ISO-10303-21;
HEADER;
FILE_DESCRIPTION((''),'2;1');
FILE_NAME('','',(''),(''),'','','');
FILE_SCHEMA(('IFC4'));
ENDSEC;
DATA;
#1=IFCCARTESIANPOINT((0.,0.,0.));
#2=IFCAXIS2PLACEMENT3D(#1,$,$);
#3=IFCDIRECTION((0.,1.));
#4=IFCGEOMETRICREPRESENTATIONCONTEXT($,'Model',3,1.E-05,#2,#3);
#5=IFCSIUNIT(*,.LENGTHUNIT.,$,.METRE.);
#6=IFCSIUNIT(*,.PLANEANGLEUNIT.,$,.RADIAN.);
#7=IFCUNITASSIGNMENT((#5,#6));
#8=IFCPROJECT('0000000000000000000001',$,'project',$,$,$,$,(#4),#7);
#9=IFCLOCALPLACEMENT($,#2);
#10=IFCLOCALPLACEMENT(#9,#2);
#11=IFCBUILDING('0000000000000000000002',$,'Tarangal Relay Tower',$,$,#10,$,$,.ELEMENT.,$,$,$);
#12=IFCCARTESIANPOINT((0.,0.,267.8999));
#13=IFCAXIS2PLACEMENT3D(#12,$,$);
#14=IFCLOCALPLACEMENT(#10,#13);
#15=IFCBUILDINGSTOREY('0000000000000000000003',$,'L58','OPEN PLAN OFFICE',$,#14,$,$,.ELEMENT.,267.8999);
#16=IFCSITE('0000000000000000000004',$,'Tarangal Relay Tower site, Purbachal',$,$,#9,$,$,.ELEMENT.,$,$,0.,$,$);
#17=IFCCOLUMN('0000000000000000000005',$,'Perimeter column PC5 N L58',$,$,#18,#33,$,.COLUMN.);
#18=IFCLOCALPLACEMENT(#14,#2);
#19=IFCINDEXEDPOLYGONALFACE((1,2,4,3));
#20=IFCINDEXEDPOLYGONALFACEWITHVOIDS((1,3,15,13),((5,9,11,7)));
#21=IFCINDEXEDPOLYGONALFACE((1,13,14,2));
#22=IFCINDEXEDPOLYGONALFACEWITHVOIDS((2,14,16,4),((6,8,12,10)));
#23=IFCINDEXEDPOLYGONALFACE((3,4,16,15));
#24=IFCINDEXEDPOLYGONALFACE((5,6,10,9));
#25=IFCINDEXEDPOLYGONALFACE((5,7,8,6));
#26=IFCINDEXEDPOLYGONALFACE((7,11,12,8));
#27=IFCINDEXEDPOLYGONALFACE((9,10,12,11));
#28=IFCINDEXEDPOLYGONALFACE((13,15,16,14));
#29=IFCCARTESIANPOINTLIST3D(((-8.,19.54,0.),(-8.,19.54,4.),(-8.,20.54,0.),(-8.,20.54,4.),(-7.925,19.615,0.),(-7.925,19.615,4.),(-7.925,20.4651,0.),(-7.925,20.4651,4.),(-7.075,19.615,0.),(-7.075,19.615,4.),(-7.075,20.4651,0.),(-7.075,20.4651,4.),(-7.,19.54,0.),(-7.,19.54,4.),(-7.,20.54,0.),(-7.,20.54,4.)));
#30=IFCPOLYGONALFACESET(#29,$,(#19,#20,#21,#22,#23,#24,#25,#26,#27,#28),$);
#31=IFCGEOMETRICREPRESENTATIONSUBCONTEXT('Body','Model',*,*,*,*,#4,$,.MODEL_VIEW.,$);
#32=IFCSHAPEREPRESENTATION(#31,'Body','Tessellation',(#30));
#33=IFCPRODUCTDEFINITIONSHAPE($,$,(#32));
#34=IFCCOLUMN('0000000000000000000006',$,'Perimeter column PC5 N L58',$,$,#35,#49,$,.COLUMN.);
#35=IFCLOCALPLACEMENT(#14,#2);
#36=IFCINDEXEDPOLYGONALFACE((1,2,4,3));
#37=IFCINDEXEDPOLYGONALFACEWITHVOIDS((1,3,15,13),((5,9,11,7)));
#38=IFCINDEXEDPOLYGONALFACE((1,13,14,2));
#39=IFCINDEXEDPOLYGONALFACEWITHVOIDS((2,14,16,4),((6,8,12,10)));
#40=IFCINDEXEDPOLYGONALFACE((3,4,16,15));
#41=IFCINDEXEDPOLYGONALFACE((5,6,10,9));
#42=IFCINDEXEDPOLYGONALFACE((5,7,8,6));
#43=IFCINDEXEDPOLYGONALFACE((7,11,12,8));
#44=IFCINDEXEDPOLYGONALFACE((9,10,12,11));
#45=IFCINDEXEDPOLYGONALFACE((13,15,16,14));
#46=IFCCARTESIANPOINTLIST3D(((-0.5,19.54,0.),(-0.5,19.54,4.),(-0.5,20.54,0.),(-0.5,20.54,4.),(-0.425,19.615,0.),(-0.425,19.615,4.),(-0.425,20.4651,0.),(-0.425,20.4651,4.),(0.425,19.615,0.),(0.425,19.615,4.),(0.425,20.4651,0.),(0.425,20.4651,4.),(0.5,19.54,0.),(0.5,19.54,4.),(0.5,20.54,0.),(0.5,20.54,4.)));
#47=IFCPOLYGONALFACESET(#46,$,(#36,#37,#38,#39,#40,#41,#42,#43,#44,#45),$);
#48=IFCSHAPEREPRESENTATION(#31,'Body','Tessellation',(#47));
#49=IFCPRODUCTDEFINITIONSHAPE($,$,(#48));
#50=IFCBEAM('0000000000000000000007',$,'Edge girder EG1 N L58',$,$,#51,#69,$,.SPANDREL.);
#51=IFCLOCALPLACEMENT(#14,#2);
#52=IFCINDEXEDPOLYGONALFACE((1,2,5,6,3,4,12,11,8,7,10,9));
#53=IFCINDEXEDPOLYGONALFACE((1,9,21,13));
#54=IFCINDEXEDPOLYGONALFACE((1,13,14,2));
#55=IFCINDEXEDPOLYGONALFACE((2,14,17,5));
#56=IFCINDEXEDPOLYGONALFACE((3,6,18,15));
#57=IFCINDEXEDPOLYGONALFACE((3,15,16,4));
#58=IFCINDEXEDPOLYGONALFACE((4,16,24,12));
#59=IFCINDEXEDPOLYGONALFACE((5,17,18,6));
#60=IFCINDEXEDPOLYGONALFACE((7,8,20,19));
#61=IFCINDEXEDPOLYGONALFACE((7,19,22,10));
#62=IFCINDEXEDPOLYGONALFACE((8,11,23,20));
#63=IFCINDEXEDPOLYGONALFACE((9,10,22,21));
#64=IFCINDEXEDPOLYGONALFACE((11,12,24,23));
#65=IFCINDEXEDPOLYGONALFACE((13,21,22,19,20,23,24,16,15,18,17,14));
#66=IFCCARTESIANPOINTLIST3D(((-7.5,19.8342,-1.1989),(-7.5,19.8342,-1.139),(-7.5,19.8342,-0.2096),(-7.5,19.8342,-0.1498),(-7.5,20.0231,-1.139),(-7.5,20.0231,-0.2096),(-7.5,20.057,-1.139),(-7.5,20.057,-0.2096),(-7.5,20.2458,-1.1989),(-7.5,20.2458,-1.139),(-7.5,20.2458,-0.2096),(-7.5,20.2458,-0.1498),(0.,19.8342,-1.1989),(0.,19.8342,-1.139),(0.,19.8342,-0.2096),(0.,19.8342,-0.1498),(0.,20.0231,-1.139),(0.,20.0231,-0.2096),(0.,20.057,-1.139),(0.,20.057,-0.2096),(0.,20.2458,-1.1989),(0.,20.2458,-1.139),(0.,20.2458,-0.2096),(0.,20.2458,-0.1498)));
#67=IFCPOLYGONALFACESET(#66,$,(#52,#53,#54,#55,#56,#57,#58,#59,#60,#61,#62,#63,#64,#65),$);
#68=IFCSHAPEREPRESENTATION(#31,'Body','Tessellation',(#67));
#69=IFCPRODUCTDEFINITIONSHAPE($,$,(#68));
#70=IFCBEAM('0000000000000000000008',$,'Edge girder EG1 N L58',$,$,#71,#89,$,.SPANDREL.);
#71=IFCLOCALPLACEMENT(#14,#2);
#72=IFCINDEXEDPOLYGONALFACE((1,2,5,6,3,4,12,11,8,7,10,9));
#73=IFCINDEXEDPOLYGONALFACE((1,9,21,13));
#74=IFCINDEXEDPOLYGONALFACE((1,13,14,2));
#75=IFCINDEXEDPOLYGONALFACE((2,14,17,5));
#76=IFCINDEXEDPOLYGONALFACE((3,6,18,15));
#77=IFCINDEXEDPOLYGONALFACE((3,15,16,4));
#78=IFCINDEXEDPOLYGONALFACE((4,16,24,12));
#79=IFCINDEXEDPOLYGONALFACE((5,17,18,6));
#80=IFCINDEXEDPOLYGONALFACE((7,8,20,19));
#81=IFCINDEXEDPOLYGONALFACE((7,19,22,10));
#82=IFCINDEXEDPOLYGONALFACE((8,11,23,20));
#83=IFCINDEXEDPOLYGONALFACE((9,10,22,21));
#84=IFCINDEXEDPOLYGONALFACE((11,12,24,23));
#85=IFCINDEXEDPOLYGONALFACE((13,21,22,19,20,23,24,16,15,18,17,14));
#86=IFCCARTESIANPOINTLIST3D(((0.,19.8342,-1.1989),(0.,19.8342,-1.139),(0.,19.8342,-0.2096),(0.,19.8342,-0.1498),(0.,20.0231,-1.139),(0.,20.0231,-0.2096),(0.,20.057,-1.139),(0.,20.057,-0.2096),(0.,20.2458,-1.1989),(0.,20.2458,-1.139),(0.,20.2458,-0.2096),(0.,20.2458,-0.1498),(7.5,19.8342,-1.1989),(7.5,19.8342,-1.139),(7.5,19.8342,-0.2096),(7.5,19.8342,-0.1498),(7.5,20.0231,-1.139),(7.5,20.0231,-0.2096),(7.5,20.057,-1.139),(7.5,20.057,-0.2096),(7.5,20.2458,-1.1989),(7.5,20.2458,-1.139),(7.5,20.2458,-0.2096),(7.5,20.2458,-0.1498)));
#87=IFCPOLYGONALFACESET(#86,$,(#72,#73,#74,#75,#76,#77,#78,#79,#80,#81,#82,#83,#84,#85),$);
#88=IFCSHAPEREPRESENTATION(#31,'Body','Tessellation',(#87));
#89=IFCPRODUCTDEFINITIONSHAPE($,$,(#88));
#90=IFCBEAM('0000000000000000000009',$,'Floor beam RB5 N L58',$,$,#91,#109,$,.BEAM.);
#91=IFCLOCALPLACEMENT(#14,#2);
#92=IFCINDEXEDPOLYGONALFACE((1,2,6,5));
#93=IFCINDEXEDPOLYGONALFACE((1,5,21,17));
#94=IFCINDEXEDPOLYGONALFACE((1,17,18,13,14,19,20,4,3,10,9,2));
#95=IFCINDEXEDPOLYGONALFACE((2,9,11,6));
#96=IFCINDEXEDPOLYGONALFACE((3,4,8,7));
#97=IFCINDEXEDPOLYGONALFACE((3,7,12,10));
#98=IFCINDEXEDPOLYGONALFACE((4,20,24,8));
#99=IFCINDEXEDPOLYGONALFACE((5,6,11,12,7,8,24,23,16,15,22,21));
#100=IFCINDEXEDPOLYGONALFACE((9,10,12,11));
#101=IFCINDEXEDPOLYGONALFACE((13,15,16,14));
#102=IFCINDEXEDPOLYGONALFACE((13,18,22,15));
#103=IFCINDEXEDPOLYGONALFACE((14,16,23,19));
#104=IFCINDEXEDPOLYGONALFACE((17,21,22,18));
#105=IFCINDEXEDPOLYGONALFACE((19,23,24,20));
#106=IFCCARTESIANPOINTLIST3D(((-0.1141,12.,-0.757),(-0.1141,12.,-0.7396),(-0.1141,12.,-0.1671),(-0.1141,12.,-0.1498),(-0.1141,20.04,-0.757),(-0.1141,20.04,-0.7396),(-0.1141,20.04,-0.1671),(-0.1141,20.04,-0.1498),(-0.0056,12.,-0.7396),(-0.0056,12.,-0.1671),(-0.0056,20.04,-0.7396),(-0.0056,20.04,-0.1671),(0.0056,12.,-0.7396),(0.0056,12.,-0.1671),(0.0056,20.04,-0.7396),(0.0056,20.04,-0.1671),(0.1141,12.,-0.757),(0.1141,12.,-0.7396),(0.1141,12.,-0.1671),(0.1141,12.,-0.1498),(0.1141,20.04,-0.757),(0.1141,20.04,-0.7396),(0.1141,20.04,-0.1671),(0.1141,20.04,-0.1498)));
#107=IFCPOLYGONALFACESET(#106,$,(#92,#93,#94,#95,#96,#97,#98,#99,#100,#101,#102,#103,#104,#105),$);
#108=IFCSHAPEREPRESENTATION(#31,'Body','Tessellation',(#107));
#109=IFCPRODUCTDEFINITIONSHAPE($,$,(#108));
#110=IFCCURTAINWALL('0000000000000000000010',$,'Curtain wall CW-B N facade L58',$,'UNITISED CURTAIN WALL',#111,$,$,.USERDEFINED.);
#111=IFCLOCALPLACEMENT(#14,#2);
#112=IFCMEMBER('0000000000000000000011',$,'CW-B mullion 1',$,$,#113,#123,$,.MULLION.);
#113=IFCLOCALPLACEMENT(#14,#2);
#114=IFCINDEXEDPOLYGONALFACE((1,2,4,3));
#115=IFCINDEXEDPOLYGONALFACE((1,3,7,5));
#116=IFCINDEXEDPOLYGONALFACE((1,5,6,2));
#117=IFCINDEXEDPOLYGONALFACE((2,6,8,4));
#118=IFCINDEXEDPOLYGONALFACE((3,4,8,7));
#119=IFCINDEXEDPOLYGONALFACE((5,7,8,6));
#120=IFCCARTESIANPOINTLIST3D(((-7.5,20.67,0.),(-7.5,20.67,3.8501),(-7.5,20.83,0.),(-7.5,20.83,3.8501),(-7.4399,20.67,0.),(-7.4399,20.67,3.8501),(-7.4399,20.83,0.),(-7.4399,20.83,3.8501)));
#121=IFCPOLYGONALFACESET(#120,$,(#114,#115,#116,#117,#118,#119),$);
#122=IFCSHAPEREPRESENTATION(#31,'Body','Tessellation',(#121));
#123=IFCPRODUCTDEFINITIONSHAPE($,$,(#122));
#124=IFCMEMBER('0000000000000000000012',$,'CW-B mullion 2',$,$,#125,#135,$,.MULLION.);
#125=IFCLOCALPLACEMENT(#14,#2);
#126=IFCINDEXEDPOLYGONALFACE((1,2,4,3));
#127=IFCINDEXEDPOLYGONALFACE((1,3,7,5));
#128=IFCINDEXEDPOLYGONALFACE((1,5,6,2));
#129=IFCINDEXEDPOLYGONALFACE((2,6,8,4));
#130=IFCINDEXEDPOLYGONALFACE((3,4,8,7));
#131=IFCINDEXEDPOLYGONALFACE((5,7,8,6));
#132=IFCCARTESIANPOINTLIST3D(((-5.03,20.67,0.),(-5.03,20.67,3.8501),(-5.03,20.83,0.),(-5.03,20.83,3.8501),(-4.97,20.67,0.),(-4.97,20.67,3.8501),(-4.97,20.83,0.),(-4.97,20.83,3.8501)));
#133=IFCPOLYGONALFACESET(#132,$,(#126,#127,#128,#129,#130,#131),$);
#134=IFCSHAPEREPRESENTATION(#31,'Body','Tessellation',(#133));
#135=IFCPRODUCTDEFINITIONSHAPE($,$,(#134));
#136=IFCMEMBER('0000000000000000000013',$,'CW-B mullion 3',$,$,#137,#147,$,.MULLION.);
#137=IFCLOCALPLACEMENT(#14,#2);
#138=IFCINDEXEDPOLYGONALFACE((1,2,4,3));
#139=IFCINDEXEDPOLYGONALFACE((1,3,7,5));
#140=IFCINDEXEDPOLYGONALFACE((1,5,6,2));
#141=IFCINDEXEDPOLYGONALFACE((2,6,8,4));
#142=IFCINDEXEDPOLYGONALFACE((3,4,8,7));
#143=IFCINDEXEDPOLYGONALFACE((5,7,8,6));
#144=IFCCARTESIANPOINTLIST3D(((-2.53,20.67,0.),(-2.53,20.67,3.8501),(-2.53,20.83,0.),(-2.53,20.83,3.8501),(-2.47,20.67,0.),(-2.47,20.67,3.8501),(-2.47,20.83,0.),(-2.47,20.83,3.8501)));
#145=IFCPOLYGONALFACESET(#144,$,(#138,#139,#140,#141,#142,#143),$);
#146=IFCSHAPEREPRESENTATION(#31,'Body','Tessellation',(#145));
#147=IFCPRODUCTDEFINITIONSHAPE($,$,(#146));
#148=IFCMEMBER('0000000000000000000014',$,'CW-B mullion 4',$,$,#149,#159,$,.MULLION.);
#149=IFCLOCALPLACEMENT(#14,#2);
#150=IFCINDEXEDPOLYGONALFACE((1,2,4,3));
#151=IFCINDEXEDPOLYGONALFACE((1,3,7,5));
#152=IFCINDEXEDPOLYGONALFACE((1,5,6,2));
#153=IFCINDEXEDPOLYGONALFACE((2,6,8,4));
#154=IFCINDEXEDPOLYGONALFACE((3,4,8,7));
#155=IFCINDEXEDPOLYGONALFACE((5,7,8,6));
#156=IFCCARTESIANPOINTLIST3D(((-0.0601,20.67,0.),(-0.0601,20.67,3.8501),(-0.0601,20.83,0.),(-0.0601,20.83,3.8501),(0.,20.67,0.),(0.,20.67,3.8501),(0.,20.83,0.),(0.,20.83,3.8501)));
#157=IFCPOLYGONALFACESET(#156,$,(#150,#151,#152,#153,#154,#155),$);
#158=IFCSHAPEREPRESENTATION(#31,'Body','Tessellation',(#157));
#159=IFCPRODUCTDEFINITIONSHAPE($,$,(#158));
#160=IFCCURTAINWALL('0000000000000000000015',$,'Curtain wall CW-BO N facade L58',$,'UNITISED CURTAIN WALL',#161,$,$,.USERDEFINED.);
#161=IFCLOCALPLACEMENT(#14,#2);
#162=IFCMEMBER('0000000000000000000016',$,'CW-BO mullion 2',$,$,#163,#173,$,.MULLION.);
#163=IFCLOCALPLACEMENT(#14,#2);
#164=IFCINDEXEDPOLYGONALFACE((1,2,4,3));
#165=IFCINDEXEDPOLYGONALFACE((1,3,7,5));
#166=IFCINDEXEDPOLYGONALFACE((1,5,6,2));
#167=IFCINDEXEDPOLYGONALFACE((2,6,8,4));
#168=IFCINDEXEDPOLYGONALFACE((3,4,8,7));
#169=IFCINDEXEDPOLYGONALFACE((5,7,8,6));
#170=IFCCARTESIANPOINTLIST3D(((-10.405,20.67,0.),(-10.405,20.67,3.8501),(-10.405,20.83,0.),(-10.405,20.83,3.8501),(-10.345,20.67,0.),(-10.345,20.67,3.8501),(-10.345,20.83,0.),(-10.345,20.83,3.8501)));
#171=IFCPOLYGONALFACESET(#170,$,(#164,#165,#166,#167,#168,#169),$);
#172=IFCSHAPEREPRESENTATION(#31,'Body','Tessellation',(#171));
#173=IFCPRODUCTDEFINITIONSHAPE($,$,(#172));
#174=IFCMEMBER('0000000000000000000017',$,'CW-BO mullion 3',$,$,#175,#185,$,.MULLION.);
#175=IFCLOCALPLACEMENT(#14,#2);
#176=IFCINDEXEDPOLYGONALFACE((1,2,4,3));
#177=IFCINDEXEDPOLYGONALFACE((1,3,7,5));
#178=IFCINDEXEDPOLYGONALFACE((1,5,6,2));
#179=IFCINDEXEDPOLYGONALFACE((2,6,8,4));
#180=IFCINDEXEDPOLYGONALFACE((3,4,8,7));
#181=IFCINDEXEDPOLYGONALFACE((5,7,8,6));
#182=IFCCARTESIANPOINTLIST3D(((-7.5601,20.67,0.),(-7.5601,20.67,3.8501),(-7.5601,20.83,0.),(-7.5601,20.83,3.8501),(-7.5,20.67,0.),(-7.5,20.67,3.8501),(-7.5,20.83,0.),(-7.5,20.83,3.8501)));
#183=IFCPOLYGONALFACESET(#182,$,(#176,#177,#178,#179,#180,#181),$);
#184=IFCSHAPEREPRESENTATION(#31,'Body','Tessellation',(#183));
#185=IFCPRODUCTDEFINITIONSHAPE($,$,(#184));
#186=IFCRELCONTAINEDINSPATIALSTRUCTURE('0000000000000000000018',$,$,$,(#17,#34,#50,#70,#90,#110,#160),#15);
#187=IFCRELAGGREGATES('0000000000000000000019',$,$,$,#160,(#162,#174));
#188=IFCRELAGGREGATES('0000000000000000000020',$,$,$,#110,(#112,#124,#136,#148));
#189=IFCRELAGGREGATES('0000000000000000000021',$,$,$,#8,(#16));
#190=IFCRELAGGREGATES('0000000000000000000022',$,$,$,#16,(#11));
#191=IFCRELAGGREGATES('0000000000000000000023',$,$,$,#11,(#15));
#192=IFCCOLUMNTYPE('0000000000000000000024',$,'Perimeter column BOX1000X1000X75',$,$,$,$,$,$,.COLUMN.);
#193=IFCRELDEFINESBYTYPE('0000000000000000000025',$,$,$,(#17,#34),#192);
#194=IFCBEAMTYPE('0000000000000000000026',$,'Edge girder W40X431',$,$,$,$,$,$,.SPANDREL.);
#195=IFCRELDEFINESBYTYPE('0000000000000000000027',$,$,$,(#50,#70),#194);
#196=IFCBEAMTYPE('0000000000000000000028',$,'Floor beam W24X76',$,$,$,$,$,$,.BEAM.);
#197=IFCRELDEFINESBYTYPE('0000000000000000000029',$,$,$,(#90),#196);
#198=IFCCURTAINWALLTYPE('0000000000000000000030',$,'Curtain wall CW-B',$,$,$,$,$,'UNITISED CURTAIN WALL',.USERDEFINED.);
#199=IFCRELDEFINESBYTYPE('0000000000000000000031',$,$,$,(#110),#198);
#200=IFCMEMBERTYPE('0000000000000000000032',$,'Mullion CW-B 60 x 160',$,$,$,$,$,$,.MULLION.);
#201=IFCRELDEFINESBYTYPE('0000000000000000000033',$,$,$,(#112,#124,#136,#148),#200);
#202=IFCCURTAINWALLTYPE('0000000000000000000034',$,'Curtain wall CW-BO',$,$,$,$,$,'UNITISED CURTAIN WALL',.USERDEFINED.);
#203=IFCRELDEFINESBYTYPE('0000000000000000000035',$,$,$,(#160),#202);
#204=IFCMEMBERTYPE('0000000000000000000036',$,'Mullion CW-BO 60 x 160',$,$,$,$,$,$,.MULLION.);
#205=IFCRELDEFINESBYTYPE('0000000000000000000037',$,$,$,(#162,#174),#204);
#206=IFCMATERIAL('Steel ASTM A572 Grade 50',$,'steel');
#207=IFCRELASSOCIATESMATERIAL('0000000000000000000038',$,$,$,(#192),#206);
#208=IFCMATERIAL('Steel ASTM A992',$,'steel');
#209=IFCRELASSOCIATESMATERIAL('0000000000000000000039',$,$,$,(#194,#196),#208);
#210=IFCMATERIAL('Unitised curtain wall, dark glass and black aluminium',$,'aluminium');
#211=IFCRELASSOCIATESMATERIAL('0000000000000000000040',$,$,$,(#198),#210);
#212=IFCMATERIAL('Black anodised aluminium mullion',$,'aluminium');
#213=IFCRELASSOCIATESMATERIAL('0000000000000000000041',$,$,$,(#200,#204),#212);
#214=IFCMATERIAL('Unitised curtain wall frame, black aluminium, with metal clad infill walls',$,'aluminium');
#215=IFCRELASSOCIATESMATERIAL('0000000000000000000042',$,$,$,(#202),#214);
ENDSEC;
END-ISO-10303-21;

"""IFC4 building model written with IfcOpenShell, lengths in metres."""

from ifc_helpers import new_model, si_unit, direction, frame, origin, origin_2d, place, context, subcontext, project, spatial, rectangle, hollow_rectangle, i_section, extrude, material, material_profile, profile_set, type_object, element, aggregate, save


model = new_model("IFC4")

# Units and contexts
model_context = context("Model", 3, precision=1e-05, world=origin(), true_north=direction((0.0, 1.0)))
body_context = subcontext(model_context, "Body", "Model", "MODEL_VIEW")
ifc_project = project(units=[si_unit("LENGTHUNIT", "METRE"), si_unit("PLANEANGLEUNIT", "RADIAN")], contexts=[model_context])

# Site, building, storey
site_placement = place(None, origin())
site = spatial("IfcSite", under=ifc_project, at=site_placement, Name="Tarangal Relay Tower site, Purbachal", CompositionType="ELEMENT", RefElevation=0.0)
building_placement = place(site_placement, origin())
building = spatial("IfcBuilding", under=site, at=building_placement, Name="Tarangal Relay Tower", CompositionType="ELEMENT")
storey_placement = place(building_placement, frame((0.0, 0.0, 267.8999)))
storey = spatial("IfcBuildingStorey", under=building, at=storey_placement, Name="L58", Description="OPEN PLAN OFFICE", CompositionType="ELEMENT", Elevation=267.8999)

# Columns
ifc_material_1 = material(Name="Steel ASTM A572 Grade 50", Category="steel")
ifc_material_profile_1 = material_profile(ifc_material_1, hollow_rectangle(XDim=1.0, YDim=1.0, WallThickness=0.075, at=origin_2d()), Name="BOX1000X1000X75")
ifc_profile_set_1 = profile_set([ifc_material_profile_1], Name="Steel ASTM A572 Grade 50")
column_type = type_object("IfcColumnType", Name="Perimeter column BOX1000X1000X75", PredefinedType="COLUMN", material=ifc_profile_set_1)
for number, where, z_axis, x_axis, name in (
    (1, (-7.5, 20.04, 0.0), (0.0, 0.0, 1.0), (1.0, 0.0, 0.0), "Perimeter column PC5 N L58"),
    (2, (0.0, 20.04, 0.0), (0.0, 0.0, 1.0), (1.0, 0.0, 0.0), "Perimeter column PC5 N L58"),
):
    element("IfcColumn", number, at=place(storey_placement, frame(where, z_axis=z_axis, x_axis=x_axis)), inside=storey, type_object=column_type, Name=name, PredefinedType="COLUMN", context=body_context, shape_type="SweptSolid", body=[
        extrude(hollow_rectangle(XDim=1.0, YDim=1.0, WallThickness=0.075, at=origin_2d()), origin(), (0.0, 0.0, 1.0), 4.0),
    ])

# Beams
ifc_material_2 = material(Name="Steel ASTM A992", Category="steel")
ifc_material_profile_2 = material_profile(ifc_material_2, i_section(OverallWidth=0.4116, OverallDepth=1.0491, WebThickness=0.0339, FlangeThickness=0.0598, at=origin_2d()), Name="W40X431")
ifc_profile_set_2 = profile_set([ifc_material_profile_2], Name="Steel ASTM A992")
beam_type_1 = type_object("IfcBeamType", Name="Edge girder W40X431", PredefinedType="SPANDREL", material=ifc_profile_set_2)
for number, where, z_axis, x_axis, name in (
    (3, (-7.5, 20.04, -0.6743), (1.0, 0.0, 0.0), (0.0, 1.0, 0.0), "Edge girder EG1 N L58"),
    (4, (0.0, 20.04, -0.6743), (1.0, 0.0, 0.0), (0.0, 1.0, 0.0), "Edge girder EG1 N L58"),
):
    element("IfcBeam", number, at=place(storey_placement, frame(where, z_axis=z_axis, x_axis=x_axis)), inside=storey, type_object=beam_type_1, Name=name, PredefinedType="SPANDREL", context=body_context, shape_type="SweptSolid", body=[
        extrude(i_section(OverallWidth=0.4116, OverallDepth=1.0491, WebThickness=0.0339, FlangeThickness=0.0598, at=origin_2d()), origin(), (0.0, 0.0, 1.0), 7.5),
    ])
ifc_material_profile_3 = material_profile(ifc_material_2, i_section(OverallWidth=0.2283, OverallDepth=0.6072, WebThickness=0.0112, FlangeThickness=0.0173, at=origin_2d()), Name="W24X76")
ifc_profile_set_3 = profile_set([ifc_material_profile_3], Name="Steel ASTM A992")
beam_type_2 = type_object("IfcBeamType", Name="Floor beam W24X76", PredefinedType="BEAM", material=ifc_profile_set_3)
beam_placement = place(storey_placement, frame((0.0, 12.0, -0.4534), z_axis=(0.0, 1.0, 0.0), x_axis=(-1.0, 0.0, 0.0)))
element("IfcBeam", 5, at=beam_placement, inside=storey, type_object=beam_type_2, Name="Floor beam RB5 N L58", PredefinedType="BEAM", context=body_context, shape_type="SweptSolid", body=[
    extrude(i_section(OverallWidth=0.2283, OverallDepth=0.6072, WebThickness=0.0112, FlangeThickness=0.0173, at=origin_2d()), origin(), (0.0, 0.0, 1.0), 8.04),
])

# Curtain walls, members
ifc_material_3 = material(Name="Unitised curtain wall, dark glass and black aluminium", Category="aluminium")
curtain_wall_type_1 = type_object("IfcCurtainWallType", Name="Curtain wall CW-B", ElementType="UNITISED CURTAIN WALL", PredefinedType="USERDEFINED", material=ifc_material_3)
curtain_wall_1_placement = place(storey_placement, origin())
curtain_wall_1 = element("IfcCurtainWall", 6, at=curtain_wall_1_placement, inside=storey, type_object=curtain_wall_type_1, Name="Curtain wall CW-B N facade L58", ObjectType="UNITISED CURTAIN WALL", PredefinedType="USERDEFINED")
ifc_material_4 = material(Name="Black anodised aluminium mullion", Category="aluminium")
ifc_material_profile_4 = material_profile(ifc_material_4, rectangle(XDim=0.1599, YDim=0.0601, at=origin_2d()), Name="CW-BM 60X160")
ifc_profile_set_4 = profile_set([ifc_material_profile_4], Name="Black anodised aluminium mullion")
member_type_1 = type_object("IfcMemberType", Name="Mullion CW-B 60 x 160", PredefinedType="MULLION", material=ifc_profile_set_4)
member_1_placement = place(storey_placement, frame((-7.47, 20.75, 0.0), z_axis=(0.0, 0.0, 1.0), x_axis=(0.0, 1.0, 0.0)))
member_1 = element("IfcMember", 7, at=member_1_placement, type_object=member_type_1, Name="CW-B mullion 1", PredefinedType="MULLION", context=body_context, shape_type="SweptSolid", body=[
    extrude(rectangle(XDim=0.1599, YDim=0.0601, at=origin_2d()), origin(), (0.0, 0.0, 1.0), 3.8501),
])
member_2_placement = place(storey_placement, frame((-5.0, 20.75, 0.0), z_axis=(0.0, 0.0, 1.0), x_axis=(0.0, 1.0, 0.0)))
member_2 = element("IfcMember", 8, at=member_2_placement, type_object=member_type_1, Name="CW-B mullion 2", PredefinedType="MULLION", context=body_context, shape_type="SweptSolid", body=[
    extrude(rectangle(XDim=0.1599, YDim=0.0601, at=origin_2d()), origin(), (0.0, 0.0, 1.0), 3.8501),
])
member_3_placement = place(storey_placement, frame((-2.5, 20.75, 0.0), z_axis=(0.0, 0.0, 1.0), x_axis=(0.0, 1.0, 0.0)))
member_3 = element("IfcMember", 9, at=member_3_placement, type_object=member_type_1, Name="CW-B mullion 3", PredefinedType="MULLION", context=body_context, shape_type="SweptSolid", body=[
    extrude(rectangle(XDim=0.1599, YDim=0.0601, at=origin_2d()), origin(), (0.0, 0.0, 1.0), 3.8501),
])
member_4_placement = place(storey_placement, frame((-0.03, 20.75, 0.0), z_axis=(0.0, 0.0, 1.0), x_axis=(0.0, 1.0, 0.0)))
member_4 = element("IfcMember", 10, at=member_4_placement, type_object=member_type_1, Name="CW-B mullion 4", PredefinedType="MULLION", context=body_context, shape_type="SweptSolid", body=[
    extrude(rectangle(XDim=0.1599, YDim=0.0601, at=origin_2d()), origin(), (0.0, 0.0, 1.0), 3.8501),
])
ifc_material_5 = material(Name="Unitised curtain wall frame, black aluminium, with metal clad infill walls", Category="aluminium")
curtain_wall_type_2 = type_object("IfcCurtainWallType", Name="Curtain wall CW-BO", ElementType="UNITISED CURTAIN WALL", PredefinedType="USERDEFINED", material=ifc_material_5)
curtain_wall_2_placement = place(storey_placement, origin())
curtain_wall_2 = element("IfcCurtainWall", 11, at=curtain_wall_2_placement, inside=storey, type_object=curtain_wall_type_2, Name="Curtain wall CW-BO N facade L58", ObjectType="UNITISED CURTAIN WALL", PredefinedType="USERDEFINED")
ifc_material_profile_5 = material_profile(ifc_material_4, rectangle(XDim=0.1599, YDim=0.0601, at=origin_2d()), Name="CW-BOM 60X160")
ifc_profile_set_5 = profile_set([ifc_material_profile_5], Name="Black anodised aluminium mullion")
member_type_2 = type_object("IfcMemberType", Name="Mullion CW-BO 60 x 160", PredefinedType="MULLION", material=ifc_profile_set_5)
member_5_placement = place(storey_placement, frame((-10.375, 20.75, 0.0), z_axis=(0.0, 0.0, 1.0), x_axis=(0.0, 1.0, 0.0)))
member_5 = element("IfcMember", 12, at=member_5_placement, type_object=member_type_2, Name="CW-BO mullion 2", PredefinedType="MULLION", context=body_context, shape_type="SweptSolid", body=[
    extrude(rectangle(XDim=0.1599, YDim=0.0601, at=origin_2d()), origin(), (0.0, 0.0, 1.0), 3.8501),
])
member_6_placement = place(storey_placement, frame((-7.53, 20.75, 0.0), z_axis=(0.0, 0.0, 1.0), x_axis=(0.0, 1.0, 0.0)))
member_6 = element("IfcMember", 13, at=member_6_placement, type_object=member_type_2, Name="CW-BO mullion 3", PredefinedType="MULLION", context=body_context, shape_type="SweptSolid", body=[
    extrude(rectangle(XDim=0.1599, YDim=0.0601, at=origin_2d()), origin(), (0.0, 0.0, 1.0), 3.8501),
])

aggregate(curtain_wall_2, [member_5, member_6])

aggregate(curtain_wall_1, [member_1, member_2, member_3, member_4])

save(model, "model.ifc")
